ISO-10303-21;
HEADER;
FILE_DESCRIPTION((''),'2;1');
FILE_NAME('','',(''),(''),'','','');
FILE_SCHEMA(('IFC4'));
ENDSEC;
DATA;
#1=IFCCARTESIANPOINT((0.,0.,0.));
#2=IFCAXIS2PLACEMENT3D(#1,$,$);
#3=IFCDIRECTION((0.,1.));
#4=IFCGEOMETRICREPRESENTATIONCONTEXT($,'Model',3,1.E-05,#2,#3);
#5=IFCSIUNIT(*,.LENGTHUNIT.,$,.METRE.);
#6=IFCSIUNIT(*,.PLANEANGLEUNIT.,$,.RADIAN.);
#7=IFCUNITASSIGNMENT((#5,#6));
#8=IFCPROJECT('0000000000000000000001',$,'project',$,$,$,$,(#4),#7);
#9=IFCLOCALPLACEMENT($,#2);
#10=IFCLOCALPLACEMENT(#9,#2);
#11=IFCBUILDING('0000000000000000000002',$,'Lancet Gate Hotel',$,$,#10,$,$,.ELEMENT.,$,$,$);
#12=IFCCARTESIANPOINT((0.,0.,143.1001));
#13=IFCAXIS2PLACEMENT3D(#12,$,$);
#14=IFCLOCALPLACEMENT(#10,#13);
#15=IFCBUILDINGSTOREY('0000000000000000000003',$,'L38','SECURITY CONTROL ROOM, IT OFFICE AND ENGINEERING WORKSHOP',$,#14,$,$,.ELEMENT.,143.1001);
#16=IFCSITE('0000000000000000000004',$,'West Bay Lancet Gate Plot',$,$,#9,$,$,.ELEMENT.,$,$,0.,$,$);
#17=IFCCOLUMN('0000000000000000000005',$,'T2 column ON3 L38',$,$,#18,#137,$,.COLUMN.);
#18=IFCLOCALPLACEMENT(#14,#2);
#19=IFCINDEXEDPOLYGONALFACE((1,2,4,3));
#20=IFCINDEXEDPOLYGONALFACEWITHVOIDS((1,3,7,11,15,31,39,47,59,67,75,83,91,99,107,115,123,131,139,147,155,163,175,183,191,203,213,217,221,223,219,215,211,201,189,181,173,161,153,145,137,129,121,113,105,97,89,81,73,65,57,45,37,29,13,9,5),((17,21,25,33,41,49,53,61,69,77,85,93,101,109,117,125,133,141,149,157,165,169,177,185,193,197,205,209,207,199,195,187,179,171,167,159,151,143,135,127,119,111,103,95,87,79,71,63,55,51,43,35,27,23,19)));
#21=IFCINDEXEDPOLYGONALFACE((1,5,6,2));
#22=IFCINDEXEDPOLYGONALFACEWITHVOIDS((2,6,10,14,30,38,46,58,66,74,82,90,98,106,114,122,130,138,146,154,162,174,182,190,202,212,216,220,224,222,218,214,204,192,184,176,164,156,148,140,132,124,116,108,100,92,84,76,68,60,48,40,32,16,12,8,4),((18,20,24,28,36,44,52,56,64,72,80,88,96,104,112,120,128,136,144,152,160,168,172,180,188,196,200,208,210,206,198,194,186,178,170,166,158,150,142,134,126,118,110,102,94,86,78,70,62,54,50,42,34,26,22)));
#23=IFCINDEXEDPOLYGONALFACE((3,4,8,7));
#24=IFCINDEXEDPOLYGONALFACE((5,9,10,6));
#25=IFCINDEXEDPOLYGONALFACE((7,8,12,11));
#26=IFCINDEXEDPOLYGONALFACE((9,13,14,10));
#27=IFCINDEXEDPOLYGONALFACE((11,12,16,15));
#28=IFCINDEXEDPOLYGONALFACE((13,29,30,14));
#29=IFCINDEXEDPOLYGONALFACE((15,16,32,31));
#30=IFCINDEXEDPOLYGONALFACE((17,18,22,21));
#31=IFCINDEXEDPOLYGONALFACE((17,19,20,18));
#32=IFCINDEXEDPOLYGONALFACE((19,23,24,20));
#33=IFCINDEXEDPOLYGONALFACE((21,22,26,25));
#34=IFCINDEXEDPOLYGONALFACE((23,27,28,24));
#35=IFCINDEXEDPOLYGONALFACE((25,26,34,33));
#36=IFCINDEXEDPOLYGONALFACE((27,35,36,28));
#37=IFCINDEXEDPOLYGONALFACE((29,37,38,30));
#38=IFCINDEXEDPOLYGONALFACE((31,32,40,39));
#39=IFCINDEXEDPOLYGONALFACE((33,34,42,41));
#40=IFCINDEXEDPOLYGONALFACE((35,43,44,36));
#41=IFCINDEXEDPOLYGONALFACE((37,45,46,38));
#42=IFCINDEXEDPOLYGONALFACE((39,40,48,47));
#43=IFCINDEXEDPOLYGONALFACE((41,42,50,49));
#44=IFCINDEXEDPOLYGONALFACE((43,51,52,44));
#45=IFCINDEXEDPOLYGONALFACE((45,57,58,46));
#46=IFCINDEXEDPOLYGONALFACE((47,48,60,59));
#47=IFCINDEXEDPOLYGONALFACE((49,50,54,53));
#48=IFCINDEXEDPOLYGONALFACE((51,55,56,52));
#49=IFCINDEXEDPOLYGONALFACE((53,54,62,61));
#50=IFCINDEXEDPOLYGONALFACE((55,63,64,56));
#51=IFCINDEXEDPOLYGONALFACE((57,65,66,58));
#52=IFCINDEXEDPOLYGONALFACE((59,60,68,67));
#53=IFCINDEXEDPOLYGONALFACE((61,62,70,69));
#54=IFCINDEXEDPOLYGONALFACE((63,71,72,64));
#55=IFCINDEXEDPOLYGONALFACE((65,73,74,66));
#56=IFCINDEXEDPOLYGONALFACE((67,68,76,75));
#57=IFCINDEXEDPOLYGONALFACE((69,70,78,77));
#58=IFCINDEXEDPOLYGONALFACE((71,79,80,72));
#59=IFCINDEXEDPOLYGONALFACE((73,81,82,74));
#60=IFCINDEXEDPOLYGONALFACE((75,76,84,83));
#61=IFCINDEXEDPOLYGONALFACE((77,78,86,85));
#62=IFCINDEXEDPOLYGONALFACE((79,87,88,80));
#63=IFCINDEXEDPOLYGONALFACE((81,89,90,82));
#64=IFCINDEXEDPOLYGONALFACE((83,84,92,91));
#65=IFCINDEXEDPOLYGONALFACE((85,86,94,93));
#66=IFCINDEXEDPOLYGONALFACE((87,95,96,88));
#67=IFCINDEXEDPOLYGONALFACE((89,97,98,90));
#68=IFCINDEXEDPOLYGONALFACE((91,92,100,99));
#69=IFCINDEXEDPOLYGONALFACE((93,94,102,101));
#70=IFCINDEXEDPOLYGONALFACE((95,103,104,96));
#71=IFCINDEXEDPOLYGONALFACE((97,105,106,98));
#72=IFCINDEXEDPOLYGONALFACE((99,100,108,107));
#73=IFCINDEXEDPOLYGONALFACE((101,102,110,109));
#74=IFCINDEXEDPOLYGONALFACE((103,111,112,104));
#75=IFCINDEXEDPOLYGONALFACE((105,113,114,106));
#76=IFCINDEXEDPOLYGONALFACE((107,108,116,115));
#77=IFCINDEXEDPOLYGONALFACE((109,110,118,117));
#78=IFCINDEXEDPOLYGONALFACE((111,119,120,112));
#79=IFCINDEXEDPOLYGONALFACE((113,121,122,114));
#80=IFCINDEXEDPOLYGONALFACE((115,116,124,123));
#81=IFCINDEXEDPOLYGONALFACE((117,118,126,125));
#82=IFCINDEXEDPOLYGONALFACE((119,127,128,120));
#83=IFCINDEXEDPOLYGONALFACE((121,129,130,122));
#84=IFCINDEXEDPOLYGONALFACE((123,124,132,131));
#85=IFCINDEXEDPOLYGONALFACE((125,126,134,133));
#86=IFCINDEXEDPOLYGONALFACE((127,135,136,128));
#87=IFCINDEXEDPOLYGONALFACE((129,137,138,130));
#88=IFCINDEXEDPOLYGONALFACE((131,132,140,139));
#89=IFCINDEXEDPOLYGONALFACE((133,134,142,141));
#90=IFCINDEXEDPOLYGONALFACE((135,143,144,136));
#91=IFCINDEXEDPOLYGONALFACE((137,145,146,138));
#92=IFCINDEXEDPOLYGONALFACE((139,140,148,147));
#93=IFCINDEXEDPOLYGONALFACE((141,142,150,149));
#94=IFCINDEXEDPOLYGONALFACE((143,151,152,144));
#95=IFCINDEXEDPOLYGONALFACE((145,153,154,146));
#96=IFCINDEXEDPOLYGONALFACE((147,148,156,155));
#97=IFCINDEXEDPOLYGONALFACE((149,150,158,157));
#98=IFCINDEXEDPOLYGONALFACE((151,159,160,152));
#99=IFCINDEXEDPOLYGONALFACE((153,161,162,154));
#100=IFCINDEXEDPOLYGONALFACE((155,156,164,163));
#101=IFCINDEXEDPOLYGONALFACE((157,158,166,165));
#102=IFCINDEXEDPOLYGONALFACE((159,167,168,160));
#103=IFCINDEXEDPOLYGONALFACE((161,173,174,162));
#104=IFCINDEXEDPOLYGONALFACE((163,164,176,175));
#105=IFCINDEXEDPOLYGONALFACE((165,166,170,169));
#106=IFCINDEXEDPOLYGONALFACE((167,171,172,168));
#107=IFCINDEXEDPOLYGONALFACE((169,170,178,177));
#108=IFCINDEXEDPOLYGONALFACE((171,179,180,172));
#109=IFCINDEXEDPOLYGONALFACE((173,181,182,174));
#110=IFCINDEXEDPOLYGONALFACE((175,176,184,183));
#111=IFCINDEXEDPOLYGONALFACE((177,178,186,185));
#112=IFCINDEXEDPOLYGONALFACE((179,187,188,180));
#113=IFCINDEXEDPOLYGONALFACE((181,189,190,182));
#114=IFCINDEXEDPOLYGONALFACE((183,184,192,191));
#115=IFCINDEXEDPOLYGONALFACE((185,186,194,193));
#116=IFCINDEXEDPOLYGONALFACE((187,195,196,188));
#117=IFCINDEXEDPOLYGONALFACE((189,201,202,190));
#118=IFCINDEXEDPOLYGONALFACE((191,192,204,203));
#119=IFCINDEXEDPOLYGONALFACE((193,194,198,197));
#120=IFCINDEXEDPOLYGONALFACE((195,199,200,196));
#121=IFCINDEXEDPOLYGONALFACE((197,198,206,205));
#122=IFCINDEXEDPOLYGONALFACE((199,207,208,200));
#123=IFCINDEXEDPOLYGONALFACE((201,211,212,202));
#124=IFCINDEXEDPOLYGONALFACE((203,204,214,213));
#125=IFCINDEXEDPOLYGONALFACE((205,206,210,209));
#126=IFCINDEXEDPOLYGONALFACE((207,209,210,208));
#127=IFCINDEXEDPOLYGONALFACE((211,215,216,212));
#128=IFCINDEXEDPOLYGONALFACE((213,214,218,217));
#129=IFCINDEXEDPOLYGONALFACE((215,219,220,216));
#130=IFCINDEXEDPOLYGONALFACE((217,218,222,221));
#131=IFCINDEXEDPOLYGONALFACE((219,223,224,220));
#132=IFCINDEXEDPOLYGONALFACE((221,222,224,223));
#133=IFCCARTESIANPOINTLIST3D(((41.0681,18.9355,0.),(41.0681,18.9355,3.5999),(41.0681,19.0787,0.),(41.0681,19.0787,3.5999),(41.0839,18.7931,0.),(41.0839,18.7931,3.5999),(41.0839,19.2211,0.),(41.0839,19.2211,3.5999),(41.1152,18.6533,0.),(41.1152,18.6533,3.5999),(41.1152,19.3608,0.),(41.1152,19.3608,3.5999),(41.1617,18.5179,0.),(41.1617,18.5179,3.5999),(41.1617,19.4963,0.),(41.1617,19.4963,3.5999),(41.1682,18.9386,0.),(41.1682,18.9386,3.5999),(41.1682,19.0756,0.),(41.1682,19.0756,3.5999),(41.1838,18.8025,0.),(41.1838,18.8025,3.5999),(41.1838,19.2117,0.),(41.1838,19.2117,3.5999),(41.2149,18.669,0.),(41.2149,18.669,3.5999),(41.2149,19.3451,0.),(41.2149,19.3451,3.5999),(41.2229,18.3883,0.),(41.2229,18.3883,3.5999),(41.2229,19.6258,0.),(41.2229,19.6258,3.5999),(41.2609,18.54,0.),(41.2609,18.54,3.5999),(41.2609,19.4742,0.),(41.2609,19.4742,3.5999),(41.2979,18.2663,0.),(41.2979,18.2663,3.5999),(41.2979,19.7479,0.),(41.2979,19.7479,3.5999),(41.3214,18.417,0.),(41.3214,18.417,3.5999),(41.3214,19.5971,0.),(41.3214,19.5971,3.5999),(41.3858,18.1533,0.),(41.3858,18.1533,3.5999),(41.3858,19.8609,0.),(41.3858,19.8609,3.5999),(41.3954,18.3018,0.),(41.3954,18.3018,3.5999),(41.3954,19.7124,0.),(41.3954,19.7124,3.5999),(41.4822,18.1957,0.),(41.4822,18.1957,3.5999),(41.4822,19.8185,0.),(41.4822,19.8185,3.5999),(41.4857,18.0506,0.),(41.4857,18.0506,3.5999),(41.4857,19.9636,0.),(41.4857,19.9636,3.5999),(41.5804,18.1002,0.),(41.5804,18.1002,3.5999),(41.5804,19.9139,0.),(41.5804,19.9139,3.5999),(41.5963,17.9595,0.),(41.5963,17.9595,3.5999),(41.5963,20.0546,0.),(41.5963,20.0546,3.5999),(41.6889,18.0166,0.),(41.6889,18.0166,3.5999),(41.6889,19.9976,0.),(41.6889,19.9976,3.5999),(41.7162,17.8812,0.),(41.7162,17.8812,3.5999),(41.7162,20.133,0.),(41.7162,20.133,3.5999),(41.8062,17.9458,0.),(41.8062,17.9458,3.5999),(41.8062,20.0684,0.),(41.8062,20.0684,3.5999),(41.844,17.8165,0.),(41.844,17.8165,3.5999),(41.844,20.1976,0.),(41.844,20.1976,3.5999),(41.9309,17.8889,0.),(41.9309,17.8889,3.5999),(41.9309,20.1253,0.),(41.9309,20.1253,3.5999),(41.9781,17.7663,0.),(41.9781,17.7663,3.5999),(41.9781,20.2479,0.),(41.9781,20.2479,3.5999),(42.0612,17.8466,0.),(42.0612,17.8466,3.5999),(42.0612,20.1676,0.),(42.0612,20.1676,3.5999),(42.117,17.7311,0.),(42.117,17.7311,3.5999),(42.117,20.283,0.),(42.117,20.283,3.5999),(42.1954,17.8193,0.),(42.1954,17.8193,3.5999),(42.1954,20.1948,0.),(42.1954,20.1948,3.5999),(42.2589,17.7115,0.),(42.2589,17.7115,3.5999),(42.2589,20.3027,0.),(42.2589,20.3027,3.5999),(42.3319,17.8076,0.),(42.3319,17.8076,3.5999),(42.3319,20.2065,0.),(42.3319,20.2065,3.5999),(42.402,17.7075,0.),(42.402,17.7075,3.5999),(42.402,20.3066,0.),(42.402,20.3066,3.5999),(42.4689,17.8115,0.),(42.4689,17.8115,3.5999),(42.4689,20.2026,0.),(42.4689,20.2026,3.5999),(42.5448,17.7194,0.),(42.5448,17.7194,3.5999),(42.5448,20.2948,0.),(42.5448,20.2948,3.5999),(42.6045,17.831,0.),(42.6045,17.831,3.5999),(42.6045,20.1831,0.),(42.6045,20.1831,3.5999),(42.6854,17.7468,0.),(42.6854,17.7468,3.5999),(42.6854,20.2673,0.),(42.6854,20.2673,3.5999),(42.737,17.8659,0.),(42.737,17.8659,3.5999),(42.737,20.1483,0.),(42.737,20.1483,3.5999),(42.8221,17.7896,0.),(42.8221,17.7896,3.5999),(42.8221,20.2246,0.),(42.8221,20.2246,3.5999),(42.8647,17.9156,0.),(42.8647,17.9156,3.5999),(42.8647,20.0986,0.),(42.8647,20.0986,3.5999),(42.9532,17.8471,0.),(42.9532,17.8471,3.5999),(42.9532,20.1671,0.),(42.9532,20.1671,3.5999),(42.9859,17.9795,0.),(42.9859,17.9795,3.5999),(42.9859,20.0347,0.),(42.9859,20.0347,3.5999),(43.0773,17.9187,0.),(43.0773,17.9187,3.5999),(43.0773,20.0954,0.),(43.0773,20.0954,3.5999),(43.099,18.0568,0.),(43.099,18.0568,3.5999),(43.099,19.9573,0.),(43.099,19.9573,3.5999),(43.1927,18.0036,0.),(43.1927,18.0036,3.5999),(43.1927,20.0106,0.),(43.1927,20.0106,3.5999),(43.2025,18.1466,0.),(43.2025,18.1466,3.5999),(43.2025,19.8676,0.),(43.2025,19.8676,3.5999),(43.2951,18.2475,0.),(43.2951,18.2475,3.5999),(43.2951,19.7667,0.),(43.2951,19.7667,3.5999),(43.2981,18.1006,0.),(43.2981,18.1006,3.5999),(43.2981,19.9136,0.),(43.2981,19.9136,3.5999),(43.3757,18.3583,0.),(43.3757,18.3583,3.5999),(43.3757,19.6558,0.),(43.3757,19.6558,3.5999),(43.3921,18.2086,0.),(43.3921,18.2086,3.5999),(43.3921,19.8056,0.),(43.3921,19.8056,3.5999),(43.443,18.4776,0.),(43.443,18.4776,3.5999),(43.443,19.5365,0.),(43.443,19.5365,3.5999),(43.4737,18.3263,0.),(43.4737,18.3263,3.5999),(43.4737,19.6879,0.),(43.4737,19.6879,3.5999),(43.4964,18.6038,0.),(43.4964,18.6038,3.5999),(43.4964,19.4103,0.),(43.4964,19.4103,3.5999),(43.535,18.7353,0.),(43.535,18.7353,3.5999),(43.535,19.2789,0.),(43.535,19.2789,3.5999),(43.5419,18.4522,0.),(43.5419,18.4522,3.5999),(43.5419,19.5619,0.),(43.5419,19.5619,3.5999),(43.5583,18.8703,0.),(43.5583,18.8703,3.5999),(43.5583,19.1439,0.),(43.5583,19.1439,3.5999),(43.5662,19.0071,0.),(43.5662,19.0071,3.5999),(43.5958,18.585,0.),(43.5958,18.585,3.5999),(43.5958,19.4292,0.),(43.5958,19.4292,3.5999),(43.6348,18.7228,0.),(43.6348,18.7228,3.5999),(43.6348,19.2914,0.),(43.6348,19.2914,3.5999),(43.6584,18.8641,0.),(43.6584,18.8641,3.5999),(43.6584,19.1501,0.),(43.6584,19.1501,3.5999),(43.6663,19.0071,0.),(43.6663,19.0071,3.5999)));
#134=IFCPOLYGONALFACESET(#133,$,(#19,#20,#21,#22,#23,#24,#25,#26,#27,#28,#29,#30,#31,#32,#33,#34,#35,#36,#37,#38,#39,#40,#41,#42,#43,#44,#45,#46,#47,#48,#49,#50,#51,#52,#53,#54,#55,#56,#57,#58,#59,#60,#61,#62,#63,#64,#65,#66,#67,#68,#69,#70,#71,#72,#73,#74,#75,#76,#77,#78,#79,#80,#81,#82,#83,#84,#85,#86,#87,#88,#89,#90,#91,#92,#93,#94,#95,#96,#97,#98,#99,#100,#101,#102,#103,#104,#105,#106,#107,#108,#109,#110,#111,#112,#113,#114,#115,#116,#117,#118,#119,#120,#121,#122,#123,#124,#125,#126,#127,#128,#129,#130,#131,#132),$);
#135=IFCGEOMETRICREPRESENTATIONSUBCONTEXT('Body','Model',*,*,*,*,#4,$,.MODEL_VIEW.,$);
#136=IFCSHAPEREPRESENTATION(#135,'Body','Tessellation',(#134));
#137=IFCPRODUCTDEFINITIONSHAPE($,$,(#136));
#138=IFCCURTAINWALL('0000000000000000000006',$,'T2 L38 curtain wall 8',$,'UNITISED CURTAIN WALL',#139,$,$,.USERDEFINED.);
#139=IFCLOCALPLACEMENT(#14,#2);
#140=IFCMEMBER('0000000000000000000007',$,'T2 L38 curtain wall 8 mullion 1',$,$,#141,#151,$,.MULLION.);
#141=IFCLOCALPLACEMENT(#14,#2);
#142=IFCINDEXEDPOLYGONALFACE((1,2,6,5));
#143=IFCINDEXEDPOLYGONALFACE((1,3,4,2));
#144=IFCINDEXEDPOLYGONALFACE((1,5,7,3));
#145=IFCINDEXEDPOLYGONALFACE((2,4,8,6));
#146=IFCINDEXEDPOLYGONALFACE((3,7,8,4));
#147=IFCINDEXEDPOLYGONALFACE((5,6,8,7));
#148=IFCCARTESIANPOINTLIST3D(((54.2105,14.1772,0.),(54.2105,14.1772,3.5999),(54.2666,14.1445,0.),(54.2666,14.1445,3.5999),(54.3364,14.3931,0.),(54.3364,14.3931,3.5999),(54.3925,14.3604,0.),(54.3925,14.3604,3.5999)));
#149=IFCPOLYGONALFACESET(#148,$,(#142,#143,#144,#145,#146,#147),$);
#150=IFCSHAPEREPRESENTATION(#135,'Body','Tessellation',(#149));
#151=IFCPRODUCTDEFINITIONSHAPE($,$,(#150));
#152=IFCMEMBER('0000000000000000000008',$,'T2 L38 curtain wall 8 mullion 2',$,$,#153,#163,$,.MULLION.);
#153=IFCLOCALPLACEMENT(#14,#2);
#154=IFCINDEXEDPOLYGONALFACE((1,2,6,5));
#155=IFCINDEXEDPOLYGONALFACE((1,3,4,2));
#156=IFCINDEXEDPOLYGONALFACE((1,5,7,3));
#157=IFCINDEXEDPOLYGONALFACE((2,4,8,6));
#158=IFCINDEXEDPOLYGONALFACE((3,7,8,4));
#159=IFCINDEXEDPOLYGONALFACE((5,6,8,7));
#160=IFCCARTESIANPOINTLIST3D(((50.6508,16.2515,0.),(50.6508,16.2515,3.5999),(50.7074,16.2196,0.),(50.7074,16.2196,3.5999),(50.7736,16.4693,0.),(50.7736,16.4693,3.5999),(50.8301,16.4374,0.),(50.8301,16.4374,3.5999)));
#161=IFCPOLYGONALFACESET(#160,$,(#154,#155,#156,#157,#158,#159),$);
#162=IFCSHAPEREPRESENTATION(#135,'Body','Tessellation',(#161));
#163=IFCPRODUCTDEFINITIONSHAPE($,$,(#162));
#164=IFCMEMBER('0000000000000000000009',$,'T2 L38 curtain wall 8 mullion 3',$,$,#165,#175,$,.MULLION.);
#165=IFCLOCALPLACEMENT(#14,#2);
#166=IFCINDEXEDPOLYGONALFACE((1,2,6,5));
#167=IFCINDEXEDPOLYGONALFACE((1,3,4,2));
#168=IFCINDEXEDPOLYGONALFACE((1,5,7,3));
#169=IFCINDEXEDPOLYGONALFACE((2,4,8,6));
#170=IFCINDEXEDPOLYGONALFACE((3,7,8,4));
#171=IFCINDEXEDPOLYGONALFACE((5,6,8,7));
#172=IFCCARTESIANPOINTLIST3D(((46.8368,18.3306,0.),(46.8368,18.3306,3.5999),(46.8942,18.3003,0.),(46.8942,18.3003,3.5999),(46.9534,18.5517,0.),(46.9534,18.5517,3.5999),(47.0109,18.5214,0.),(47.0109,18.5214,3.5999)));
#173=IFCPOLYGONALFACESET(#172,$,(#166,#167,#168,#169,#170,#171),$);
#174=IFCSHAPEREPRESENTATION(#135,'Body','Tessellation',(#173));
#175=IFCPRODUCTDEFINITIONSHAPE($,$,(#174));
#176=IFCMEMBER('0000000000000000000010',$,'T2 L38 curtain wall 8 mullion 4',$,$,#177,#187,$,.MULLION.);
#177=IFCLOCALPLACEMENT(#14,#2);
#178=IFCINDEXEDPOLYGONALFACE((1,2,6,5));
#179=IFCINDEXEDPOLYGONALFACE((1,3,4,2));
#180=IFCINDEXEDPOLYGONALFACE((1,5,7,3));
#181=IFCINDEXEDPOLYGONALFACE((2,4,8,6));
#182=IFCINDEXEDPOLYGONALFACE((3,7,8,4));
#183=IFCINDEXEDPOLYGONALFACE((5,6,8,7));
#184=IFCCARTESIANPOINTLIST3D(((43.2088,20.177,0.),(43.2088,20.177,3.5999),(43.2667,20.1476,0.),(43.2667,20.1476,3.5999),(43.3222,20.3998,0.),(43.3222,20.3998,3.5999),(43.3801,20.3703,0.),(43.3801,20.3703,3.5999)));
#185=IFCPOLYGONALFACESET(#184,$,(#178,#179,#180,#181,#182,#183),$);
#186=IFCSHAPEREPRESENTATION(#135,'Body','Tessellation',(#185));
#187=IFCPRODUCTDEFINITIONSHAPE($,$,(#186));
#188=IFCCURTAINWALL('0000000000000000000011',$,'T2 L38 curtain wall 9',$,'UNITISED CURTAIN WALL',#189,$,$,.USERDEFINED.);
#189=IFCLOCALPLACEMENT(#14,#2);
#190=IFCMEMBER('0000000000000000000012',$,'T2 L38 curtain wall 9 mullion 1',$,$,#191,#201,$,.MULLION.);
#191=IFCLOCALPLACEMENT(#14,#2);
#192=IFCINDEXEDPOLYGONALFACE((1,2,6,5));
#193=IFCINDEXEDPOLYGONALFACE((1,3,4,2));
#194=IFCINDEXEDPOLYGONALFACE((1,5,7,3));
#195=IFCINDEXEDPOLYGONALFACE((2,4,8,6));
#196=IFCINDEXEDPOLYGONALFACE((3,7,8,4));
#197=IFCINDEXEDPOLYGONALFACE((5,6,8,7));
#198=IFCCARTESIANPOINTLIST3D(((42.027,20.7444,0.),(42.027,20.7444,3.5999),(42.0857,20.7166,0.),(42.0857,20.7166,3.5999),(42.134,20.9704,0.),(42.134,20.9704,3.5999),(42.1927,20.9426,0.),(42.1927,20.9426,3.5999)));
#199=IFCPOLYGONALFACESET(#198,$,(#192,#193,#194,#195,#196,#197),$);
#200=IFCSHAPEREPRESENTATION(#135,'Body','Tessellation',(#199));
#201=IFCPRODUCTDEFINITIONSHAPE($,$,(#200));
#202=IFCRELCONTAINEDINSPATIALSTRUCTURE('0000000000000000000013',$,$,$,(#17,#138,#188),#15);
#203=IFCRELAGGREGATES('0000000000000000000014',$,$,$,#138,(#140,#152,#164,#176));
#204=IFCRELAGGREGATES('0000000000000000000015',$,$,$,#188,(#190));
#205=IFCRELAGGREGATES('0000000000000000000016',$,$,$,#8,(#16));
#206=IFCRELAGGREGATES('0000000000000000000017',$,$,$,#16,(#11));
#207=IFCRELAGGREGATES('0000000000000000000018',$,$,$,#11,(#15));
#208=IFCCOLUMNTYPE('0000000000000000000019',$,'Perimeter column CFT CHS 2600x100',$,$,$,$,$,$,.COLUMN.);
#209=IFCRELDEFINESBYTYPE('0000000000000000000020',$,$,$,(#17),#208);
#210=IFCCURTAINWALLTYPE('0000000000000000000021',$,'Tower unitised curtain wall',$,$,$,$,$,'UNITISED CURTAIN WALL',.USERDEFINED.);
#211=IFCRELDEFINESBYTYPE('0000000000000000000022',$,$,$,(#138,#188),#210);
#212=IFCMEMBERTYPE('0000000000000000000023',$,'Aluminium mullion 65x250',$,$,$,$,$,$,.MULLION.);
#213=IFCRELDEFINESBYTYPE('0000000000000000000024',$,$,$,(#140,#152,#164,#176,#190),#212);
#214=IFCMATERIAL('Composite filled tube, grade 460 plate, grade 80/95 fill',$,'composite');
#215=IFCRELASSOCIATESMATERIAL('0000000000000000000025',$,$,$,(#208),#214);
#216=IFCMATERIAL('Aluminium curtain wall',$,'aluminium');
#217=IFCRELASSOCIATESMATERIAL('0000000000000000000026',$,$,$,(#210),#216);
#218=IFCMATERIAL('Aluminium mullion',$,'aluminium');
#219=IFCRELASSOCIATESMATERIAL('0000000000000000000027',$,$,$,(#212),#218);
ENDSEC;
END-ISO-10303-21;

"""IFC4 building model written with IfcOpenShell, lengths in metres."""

from ifc_helpers import new_model, si_unit, direction, frame, origin, origin_2d, place, context, subcontext, project, spatial, rectangle, hollow_circle, extrude, material, material_profile, profile_set, type_object, element, aggregate, save


model = new_model("IFC4")

# Units and contexts
model_context = context("Model", 3, precision=1e-05, world=origin(), true_north=direction((0.0, 1.0)))
body_context = subcontext(model_context, "Body", "Model", "MODEL_VIEW")
ifc_project = project(units=[si_unit("LENGTHUNIT", "METRE"), si_unit("PLANEANGLEUNIT", "RADIAN")], contexts=[model_context])

# Site, building, storey
site_placement = place(None, origin())
site = spatial("IfcSite", under=ifc_project, at=site_placement, Name="West Bay Lancet Gate Plot", CompositionType="ELEMENT", RefElevation=0.0)
building_placement = place(site_placement, origin())
building = spatial("IfcBuilding", under=site, at=building_placement, Name="Lancet Gate Hotel", CompositionType="ELEMENT")
storey_placement = place(building_placement, frame((0.0, 0.0, 143.1001)))
storey = spatial("IfcBuildingStorey", under=building, at=storey_placement, Name="L38", Description="SECURITY CONTROL ROOM, IT OFFICE AND ENGINEERING WORKSHOP", CompositionType="ELEMENT", Elevation=143.1001)

# Column
ifc_material_1 = material(Name="Composite filled tube, grade 460 plate, grade 80/95 fill", Category="composite")
ifc_material_profile_1 = material_profile(ifc_material_1, hollow_circle(Radius=1.3, WallThickness=0.1001, at=origin_2d()), Name="CHS 2600x100")
ifc_profile_set_1 = profile_set([ifc_material_profile_1], Name="Composite filled tube, grade 460 plate, grade 80/95 fill")
column_type = type_object("IfcColumnType", Name="Perimeter column CFT CHS 2600x100", PredefinedType="COLUMN", material=ifc_profile_set_1)
for number, where, z_axis, x_axis, name in (
    (1, (42.3662, 19.0071, 0.0), (0.0, 0.0, 1.0), (1.0, 0.0, 0.0), "T2 column ON3 L38"),
):
    element("IfcColumn", number, at=place(storey_placement, frame(where, z_axis=z_axis, x_axis=x_axis)), inside=storey, type_object=column_type, Name=name, PredefinedType="COLUMN", context=body_context, shape_type="SweptSolid", body=[
        extrude(hollow_circle(Radius=1.3, WallThickness=0.1001, at=origin_2d()), origin(), (0.0, 0.0, 1.0), 3.5999),
    ])

# Curtain walls, members
ifc_material_2 = material(Name="Aluminium curtain wall", Category="aluminium")
curtain_wall_type = type_object("IfcCurtainWallType", Name="Tower unitised curtain wall", ElementType="UNITISED CURTAIN WALL", PredefinedType="USERDEFINED", material=ifc_material_2)
curtain_wall_1_placement = place(storey_placement, origin())
curtain_wall_1 = element("IfcCurtainWall", 2, at=curtain_wall_1_placement, inside=storey, type_object=curtain_wall_type, Name="T2 L38 curtain wall 8", ObjectType="UNITISED CURTAIN WALL", PredefinedType="USERDEFINED")
ifc_material_3 = material(Name="Aluminium mullion", Category="aluminium")
ifc_material_profile_2 = material_profile(ifc_material_3, rectangle(XDim=0.0649, YDim=0.25, at=origin_2d()), Name="MULLION 65x250")
ifc_profile_set_2 = profile_set([ifc_material_profile_2], Name="Aluminium mullion")
member_type_1 = type_object("IfcMemberType", Name="Aluminium mullion 65x250", PredefinedType="MULLION", material=ifc_profile_set_2)
member_1_placement = place(storey_placement, frame((54.3015, 14.2688, 0.0), z_axis=(0.0, 0.0, 1.0), x_axis=(-0.863966, 0.503551, 0.0)))
member_1 = element("IfcMember", 3, at=member_1_placement, type_object=member_type_1, Name="T2 L38 curtain wall 8 mullion 1", PredefinedType="MULLION", context=body_context, shape_type="SweptSolid", body=[
    extrude(rectangle(XDim=0.0649, YDim=0.25, at=origin_2d()), origin(), (0.0, 0.0, 1.0), 3.5999),
])
member_2_placement = place(storey_placement, frame((50.7405, 16.3445, 0.0), z_axis=(0.0, 0.0, 1.0), x_axis=(-0.871215, 0.490902, 0.0)))
member_2 = element("IfcMember", 4, at=member_2_placement, type_object=member_type_1, Name="T2 L38 curtain wall 8 mullion 2", PredefinedType="MULLION", context=body_context, shape_type="SweptSolid", body=[
    extrude(rectangle(XDim=0.0649, YDim=0.25, at=origin_2d()), origin(), (0.0, 0.0, 1.0), 3.5999),
])
member_3_placement = place(storey_placement, frame((46.9238, 18.426, 0.0), z_axis=(0.0, 0.0, 1.0), x_axis=(-0.884411, 0.466709, 0.0)))
member_3 = element("IfcMember", 5, at=member_3_placement, type_object=member_type_1, Name="T2 L38 curtain wall 8 mullion 3", PredefinedType="MULLION", context=body_context, shape_type="SweptSolid", body=[
    extrude(rectangle(XDim=0.0649, YDim=0.25, at=origin_2d()), origin(), (0.0, 0.0, 1.0), 3.5999),
])
member_4_placement = place(storey_placement, frame((43.2944, 20.2737, 0.0), z_axis=(0.0, 0.0, 1.0), x_axis=(-0.891159, 0.45369, 0.0)))
member_4 = element("IfcMember", 6, at=member_4_placement, type_object=member_type_1, Name="T2 L38 curtain wall 8 mullion 4", PredefinedType="MULLION", context=body_context, shape_type="SweptSolid", body=[
    extrude(rectangle(XDim=0.0649, YDim=0.25, at=origin_2d()), origin(), (0.0, 0.0, 1.0), 3.5999),
])
curtain_wall_2_placement = place(storey_placement, origin())
curtain_wall_2 = element("IfcCurtainWall", 7, at=curtain_wall_2_placement, inside=storey, type_object=curtain_wall_type, Name="T2 L38 curtain wall 9", ObjectType="UNITISED CURTAIN WALL", PredefinedType="USERDEFINED")
member_5_placement = place(storey_placement, frame((42.1099, 20.8435, 0.0), z_axis=(0.0, 0.0, 1.0), x_axis=(-0.903683, 0.428201, 0.0)))
member_5 = element("IfcMember", 8, at=member_5_placement, type_object=member_type_1, Name="T2 L38 curtain wall 9 mullion 1", PredefinedType="MULLION", context=body_context, shape_type="SweptSolid", body=[
    extrude(rectangle(XDim=0.0649, YDim=0.25, at=origin_2d()), origin(), (0.0, 0.0, 1.0), 3.5999),
])

aggregate(curtain_wall_1, [member_1, member_2, member_3, member_4])
aggregate(curtain_wall_2, [member_5])

save(model, "model.ifc")
